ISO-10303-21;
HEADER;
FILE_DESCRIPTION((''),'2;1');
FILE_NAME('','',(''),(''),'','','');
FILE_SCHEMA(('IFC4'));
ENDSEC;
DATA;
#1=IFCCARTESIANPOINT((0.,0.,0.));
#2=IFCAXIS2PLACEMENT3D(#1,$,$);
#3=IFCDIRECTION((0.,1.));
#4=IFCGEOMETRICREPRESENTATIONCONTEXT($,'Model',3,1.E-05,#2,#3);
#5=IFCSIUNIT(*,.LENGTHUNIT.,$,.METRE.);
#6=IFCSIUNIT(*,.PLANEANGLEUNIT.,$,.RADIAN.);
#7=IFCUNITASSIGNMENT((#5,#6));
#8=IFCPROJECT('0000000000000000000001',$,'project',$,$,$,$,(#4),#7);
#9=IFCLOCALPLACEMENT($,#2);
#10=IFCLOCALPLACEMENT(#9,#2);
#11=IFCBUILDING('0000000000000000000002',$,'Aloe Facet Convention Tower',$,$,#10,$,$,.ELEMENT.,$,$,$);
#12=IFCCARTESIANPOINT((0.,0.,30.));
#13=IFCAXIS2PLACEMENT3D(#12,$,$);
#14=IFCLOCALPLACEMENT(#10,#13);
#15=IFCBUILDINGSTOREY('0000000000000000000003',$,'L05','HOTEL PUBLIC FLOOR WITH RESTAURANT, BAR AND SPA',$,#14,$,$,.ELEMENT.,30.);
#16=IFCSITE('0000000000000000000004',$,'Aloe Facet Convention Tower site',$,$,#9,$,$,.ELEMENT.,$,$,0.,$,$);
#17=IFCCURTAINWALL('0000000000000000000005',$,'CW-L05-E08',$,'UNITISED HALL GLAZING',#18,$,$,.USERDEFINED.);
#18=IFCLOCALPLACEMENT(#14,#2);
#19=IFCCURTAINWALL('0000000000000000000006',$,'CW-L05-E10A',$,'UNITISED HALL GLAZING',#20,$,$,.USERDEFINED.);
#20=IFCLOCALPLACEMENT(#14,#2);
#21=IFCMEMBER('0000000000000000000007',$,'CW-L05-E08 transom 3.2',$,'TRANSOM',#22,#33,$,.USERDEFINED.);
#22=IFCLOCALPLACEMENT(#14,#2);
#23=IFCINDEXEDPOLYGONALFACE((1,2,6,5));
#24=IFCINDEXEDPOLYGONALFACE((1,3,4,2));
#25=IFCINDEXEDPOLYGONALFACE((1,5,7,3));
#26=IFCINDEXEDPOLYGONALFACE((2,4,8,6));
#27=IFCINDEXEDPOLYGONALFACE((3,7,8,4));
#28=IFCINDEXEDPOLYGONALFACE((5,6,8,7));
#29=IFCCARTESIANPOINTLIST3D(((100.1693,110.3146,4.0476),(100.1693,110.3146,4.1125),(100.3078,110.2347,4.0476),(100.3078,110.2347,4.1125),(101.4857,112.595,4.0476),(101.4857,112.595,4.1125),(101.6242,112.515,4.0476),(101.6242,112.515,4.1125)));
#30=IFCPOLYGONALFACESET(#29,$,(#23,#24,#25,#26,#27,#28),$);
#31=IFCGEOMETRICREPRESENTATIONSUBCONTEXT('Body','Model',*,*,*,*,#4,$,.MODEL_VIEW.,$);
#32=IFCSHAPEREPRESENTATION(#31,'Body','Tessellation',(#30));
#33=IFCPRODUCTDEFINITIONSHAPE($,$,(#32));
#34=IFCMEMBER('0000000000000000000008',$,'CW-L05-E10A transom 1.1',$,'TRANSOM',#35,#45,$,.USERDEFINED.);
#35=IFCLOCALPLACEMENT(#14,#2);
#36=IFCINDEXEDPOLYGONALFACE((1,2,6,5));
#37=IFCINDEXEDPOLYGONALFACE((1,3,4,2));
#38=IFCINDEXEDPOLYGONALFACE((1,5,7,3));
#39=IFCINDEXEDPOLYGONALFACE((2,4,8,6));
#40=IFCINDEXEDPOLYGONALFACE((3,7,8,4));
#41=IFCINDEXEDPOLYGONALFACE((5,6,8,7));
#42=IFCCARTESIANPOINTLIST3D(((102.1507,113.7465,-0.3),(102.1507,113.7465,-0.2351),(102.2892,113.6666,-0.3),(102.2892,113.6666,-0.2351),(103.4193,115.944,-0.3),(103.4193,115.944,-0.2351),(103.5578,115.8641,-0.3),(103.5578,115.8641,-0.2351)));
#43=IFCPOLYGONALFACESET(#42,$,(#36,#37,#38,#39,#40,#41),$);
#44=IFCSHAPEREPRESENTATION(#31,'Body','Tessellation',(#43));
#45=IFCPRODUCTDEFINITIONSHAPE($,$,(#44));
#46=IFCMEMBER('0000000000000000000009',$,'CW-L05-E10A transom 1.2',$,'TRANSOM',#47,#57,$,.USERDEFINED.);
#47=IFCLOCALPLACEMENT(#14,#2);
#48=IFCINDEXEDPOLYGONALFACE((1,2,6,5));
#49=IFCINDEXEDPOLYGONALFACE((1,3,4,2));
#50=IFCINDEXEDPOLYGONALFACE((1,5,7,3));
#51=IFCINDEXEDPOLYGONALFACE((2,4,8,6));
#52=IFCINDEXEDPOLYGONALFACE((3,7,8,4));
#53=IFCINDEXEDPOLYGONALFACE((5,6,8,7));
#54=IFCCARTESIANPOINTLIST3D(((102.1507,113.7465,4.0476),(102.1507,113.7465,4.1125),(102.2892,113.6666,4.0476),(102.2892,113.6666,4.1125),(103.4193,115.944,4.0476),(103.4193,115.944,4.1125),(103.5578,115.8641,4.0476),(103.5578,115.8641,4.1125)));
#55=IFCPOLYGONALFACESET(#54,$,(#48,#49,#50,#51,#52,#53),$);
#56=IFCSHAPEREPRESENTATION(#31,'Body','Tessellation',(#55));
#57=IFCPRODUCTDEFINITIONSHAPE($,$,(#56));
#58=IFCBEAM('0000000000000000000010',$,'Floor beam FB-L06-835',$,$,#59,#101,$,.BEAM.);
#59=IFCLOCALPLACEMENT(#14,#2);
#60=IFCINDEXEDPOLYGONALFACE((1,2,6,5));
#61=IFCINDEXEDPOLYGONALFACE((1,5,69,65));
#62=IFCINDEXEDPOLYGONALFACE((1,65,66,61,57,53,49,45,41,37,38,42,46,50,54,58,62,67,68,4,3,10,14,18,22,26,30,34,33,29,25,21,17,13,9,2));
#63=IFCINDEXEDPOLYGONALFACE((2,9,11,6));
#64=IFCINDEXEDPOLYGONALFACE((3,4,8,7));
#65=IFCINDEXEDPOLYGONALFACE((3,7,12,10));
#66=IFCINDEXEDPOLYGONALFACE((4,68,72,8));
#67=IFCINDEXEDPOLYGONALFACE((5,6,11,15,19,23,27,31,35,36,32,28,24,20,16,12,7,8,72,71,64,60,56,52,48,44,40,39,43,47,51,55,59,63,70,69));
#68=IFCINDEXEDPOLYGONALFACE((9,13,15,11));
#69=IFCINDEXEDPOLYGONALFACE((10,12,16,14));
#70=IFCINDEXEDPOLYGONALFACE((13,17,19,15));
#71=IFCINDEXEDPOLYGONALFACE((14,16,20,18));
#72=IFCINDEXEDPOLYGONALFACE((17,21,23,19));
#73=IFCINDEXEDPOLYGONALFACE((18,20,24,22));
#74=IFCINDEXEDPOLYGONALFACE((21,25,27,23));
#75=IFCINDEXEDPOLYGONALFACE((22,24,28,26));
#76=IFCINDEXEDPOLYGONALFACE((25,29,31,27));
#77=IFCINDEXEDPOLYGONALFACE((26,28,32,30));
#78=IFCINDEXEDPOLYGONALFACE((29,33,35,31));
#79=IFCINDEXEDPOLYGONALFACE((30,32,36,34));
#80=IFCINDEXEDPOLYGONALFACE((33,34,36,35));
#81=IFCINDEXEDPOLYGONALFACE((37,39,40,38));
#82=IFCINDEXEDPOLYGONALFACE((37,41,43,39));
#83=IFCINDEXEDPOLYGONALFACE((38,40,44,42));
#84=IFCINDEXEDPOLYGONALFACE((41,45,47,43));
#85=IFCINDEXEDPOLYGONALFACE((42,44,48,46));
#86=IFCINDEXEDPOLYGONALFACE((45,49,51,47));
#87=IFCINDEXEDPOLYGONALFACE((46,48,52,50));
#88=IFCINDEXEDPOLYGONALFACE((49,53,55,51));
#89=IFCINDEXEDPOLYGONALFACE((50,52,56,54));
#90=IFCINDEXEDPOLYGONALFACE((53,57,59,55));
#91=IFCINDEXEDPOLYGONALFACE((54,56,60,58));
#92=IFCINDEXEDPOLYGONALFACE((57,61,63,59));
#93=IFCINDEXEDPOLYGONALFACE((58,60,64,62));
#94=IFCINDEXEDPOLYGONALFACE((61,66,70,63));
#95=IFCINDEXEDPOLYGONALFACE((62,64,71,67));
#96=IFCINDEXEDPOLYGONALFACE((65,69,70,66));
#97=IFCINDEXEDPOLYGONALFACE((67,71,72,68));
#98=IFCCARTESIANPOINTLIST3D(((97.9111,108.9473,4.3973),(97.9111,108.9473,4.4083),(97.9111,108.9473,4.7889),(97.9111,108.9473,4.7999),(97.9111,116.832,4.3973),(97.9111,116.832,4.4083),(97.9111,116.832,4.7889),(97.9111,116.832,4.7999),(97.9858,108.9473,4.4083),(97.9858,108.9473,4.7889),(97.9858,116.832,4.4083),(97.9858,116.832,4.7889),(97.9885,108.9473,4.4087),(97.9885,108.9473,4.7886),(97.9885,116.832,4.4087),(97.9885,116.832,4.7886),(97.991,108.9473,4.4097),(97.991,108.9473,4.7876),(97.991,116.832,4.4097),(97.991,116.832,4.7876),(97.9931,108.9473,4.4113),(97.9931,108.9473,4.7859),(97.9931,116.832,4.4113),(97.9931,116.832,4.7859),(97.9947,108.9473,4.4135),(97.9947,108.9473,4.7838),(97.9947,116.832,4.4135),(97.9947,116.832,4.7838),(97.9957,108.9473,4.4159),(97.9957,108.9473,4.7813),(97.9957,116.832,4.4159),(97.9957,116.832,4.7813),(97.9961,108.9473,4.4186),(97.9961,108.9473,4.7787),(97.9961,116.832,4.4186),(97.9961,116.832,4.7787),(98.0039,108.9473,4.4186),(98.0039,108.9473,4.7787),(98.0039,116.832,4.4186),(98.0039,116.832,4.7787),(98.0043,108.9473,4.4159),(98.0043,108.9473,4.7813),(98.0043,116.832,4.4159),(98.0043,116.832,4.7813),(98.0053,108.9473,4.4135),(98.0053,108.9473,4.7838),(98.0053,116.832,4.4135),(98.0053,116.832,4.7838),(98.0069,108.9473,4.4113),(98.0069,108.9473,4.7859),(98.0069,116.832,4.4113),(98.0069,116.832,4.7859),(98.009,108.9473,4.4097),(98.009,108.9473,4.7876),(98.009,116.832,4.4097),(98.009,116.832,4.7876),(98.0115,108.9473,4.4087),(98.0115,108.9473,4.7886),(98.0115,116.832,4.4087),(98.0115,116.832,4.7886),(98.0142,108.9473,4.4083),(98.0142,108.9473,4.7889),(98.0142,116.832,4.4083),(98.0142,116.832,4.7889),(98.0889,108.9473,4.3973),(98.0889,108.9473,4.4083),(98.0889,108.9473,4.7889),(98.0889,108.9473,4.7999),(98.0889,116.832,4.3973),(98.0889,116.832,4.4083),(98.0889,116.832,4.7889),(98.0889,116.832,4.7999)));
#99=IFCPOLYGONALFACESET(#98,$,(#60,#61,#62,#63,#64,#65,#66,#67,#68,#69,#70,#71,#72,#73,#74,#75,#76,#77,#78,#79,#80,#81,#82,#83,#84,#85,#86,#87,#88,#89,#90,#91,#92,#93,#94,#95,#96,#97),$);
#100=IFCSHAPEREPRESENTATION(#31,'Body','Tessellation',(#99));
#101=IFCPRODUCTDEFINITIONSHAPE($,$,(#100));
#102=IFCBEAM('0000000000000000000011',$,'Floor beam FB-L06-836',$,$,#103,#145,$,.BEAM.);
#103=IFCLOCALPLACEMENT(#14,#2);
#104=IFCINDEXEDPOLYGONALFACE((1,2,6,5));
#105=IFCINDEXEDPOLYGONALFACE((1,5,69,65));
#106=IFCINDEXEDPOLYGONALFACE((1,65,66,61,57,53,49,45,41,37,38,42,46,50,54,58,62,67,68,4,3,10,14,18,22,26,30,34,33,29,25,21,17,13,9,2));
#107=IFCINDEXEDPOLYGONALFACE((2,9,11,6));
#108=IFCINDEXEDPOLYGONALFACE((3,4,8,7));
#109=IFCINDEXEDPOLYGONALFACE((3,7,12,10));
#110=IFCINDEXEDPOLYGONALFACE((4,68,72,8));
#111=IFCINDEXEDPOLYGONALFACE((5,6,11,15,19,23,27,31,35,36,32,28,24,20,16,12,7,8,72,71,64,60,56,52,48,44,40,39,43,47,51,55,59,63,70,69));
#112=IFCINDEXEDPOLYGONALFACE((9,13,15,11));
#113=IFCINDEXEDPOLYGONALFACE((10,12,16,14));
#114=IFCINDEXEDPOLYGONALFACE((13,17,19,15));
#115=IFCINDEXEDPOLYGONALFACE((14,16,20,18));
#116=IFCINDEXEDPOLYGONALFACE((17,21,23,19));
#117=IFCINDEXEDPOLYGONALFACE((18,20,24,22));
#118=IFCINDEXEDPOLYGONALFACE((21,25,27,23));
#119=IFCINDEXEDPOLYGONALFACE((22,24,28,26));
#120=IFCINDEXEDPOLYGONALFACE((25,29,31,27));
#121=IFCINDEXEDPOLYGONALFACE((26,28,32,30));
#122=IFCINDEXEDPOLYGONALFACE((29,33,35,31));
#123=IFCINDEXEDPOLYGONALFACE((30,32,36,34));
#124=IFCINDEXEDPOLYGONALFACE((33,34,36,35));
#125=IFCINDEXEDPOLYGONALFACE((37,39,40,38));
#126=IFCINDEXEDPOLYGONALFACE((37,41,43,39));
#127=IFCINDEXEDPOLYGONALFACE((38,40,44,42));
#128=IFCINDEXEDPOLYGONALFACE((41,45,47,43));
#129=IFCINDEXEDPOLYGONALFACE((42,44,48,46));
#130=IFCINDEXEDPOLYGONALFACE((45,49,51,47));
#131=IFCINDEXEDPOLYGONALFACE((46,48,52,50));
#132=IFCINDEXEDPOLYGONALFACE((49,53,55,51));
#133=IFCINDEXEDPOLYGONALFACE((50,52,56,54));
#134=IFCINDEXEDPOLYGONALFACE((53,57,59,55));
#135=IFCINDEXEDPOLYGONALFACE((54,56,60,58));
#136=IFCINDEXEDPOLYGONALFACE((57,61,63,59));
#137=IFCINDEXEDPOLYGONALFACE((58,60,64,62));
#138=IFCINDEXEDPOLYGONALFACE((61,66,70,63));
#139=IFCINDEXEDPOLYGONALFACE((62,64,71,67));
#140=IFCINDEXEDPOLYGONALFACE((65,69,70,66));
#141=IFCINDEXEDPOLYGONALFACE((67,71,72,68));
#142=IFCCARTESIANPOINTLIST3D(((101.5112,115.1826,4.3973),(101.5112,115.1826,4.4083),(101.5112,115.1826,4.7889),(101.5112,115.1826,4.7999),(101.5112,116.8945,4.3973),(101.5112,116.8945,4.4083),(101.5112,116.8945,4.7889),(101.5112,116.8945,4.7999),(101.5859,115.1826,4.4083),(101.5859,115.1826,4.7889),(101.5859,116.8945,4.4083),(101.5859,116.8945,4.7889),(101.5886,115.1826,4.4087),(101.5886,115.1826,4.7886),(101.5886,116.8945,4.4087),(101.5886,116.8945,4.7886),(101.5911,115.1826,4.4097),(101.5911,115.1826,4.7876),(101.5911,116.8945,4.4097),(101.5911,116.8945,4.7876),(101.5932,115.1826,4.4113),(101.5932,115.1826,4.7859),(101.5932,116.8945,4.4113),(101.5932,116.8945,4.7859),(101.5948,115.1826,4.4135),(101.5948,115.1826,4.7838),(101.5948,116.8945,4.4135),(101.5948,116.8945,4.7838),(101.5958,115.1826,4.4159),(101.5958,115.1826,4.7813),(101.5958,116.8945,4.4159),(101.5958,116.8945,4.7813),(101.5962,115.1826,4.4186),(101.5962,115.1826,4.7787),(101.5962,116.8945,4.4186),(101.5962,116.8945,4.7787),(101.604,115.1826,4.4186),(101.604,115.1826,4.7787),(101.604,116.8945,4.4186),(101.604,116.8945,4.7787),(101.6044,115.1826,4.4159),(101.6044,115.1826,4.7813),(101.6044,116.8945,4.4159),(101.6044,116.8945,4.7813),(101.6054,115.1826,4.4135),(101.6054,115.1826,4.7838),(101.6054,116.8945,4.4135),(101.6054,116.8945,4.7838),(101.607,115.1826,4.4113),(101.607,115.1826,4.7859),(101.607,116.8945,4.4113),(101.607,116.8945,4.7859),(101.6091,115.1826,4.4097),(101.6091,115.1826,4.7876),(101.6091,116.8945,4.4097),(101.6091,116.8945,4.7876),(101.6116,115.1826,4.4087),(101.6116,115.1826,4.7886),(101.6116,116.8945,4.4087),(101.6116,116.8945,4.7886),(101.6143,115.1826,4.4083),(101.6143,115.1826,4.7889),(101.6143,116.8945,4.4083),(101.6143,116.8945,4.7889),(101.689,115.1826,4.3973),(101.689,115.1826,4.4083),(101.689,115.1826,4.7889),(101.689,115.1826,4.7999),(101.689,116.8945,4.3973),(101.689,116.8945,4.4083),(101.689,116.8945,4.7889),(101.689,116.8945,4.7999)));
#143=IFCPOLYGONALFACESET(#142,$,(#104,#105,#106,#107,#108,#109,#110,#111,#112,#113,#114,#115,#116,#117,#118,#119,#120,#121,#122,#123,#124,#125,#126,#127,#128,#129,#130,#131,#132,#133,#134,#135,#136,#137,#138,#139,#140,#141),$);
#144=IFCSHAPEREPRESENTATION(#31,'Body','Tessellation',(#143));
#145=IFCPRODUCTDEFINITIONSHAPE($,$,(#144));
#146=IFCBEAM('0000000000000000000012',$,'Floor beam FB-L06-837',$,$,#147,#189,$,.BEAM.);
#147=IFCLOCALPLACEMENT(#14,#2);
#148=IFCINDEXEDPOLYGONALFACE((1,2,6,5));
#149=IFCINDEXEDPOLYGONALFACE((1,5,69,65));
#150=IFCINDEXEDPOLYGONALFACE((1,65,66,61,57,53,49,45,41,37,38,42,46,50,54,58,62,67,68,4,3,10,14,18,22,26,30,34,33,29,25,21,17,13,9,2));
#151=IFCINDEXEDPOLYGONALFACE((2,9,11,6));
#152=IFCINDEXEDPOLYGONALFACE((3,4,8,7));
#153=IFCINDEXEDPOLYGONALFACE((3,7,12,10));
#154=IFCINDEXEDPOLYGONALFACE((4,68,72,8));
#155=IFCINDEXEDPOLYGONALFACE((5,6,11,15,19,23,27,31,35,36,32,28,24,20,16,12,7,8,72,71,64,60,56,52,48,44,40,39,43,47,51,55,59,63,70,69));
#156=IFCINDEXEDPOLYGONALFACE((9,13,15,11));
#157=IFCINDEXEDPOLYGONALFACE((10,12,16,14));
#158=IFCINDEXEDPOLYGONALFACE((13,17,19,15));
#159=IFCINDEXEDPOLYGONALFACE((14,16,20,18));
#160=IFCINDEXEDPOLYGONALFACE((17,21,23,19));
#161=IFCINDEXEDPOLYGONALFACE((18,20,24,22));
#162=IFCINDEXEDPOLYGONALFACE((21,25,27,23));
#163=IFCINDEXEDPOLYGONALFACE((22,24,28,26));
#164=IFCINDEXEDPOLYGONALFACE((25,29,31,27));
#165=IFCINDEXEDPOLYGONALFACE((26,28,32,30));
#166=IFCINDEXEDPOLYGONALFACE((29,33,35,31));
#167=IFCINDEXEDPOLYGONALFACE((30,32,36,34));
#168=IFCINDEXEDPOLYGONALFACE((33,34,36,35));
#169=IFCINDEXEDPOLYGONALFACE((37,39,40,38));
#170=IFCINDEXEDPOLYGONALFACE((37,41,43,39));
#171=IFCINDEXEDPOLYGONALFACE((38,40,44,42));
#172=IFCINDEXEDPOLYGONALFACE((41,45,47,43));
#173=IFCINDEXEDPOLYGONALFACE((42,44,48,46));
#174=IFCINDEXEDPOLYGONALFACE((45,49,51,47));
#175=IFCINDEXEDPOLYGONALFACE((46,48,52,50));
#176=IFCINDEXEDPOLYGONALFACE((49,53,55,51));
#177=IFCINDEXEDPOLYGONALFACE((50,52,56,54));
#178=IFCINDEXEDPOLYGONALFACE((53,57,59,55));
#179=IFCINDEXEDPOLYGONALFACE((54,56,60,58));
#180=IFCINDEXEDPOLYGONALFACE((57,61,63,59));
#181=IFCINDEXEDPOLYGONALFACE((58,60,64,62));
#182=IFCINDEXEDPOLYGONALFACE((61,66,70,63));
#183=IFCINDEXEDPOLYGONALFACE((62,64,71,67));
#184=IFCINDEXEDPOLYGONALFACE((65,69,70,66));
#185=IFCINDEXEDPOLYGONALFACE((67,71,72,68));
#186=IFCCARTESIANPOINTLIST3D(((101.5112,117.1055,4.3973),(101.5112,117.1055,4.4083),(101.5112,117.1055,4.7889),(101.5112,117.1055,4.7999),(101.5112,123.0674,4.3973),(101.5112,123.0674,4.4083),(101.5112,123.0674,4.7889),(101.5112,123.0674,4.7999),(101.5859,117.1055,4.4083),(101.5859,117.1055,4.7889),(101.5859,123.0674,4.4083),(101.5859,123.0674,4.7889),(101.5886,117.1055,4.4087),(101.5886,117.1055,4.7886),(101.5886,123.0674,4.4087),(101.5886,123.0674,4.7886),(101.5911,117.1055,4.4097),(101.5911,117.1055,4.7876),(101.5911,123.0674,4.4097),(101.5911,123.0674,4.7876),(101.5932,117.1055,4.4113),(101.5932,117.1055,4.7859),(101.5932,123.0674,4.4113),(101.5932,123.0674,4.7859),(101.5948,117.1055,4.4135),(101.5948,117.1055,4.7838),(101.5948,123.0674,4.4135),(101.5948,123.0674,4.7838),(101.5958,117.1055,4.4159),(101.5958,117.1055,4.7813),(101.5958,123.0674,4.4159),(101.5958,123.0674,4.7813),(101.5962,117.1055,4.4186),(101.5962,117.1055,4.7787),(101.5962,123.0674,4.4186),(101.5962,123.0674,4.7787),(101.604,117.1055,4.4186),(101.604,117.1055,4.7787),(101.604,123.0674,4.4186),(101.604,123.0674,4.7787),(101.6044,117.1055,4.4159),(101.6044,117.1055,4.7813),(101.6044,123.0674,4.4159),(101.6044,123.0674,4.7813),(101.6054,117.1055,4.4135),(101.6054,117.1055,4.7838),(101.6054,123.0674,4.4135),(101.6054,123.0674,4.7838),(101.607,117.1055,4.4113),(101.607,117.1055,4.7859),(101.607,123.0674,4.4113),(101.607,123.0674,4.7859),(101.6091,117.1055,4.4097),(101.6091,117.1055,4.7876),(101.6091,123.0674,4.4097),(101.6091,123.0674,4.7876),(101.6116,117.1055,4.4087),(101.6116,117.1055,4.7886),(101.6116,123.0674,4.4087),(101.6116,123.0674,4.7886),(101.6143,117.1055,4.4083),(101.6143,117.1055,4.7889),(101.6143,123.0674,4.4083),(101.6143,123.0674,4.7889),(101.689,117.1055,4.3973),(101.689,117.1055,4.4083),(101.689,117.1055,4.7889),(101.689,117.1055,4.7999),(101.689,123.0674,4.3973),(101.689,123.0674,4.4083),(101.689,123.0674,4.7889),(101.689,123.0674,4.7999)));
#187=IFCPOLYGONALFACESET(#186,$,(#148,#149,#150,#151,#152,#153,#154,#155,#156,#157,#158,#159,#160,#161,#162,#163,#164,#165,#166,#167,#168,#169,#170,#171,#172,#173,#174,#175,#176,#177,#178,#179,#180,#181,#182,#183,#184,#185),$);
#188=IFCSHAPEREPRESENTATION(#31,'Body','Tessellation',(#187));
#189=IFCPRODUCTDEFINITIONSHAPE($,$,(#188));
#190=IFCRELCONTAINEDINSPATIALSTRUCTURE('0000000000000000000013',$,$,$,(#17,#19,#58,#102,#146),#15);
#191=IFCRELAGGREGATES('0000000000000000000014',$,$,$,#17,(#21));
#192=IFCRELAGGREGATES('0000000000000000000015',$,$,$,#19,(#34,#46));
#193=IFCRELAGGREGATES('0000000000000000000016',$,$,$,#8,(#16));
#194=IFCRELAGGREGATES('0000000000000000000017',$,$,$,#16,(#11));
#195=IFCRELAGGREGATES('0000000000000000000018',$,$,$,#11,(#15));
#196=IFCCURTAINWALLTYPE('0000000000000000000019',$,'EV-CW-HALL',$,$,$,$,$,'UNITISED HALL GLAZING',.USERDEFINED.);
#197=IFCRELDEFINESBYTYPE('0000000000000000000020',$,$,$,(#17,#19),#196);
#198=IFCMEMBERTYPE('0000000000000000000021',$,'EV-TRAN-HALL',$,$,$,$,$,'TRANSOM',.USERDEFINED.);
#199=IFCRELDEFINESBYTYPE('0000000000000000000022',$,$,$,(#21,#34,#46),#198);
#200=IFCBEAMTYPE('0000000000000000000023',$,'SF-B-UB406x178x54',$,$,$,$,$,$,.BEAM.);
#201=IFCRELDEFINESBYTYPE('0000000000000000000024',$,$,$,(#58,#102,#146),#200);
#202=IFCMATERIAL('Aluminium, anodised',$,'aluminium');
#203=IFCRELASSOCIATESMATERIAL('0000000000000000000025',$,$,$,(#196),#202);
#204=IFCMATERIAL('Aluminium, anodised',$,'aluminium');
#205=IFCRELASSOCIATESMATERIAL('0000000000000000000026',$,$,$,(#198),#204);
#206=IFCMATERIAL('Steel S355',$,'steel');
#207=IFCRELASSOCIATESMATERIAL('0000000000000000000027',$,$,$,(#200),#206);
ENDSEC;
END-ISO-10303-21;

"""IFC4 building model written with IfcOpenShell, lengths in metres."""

from ifc_helpers import new_model, si_unit, direction, frame, origin, origin_2d, place, context, subcontext, project, spatial, rectangle, i_section, extrude, material, material_profile, profile_set, type_object, element, aggregate, save


model = new_model("IFC4")

# Units and contexts
model_context = context("Model", 3, precision=1e-05, world=origin(), true_north=direction((0.0, 1.0)))
body_context = subcontext(model_context, "Body", "Model", "MODEL_VIEW")
ifc_project = project(units=[si_unit("LENGTHUNIT", "METRE"), si_unit("PLANEANGLEUNIT", "RADIAN")], contexts=[model_context])

# Site, building, storey
site_placement = place(None, origin())
site = spatial("IfcSite", under=ifc_project, at=site_placement, Name="Aloe Facet Convention Tower site", CompositionType="ELEMENT", RefElevation=0.0)
building_placement = place(site_placement, origin())
building = spatial("IfcBuilding", under=site, at=building_placement, Name="Aloe Facet Convention Tower", CompositionType="ELEMENT")
storey_placement = place(building_placement, frame((0.0, 0.0, 30.0)))
storey = spatial("IfcBuildingStorey", under=building, at=storey_placement, Name="L05", Description="HOTEL PUBLIC FLOOR WITH RESTAURANT, BAR AND SPA", CompositionType="ELEMENT", Elevation=30.0)

# Shared definitions
ifc_material_1 = material(Name="Aluminium, anodised", Category="aluminium")
curtain_wall_type = type_object("IfcCurtainWallType", Name="EV-CW-HALL", ElementType="UNITISED HALL GLAZING", PredefinedType="USERDEFINED", material=ifc_material_1)

# Curtain walls
curtain_wall_1_placement = place(storey_placement, origin())
curtain_wall_1 = element("IfcCurtainWall", 1, at=curtain_wall_1_placement, inside=storey, type_object=curtain_wall_type, Name="CW-L05-E08", ObjectType="UNITISED HALL GLAZING", PredefinedType="USERDEFINED")
curtain_wall_2_placement = place(storey_placement, origin())
curtain_wall_2 = element("IfcCurtainWall", 2, at=curtain_wall_2_placement, inside=storey, type_object=curtain_wall_type, Name="CW-L05-E10A", ObjectType="UNITISED HALL GLAZING", PredefinedType="USERDEFINED")

# Members
ifc_material_2 = material(Name="Aluminium, anodised", Category="aluminium")
ifc_material_profile_1 = material_profile(ifc_material_2, rectangle(XDim=0.1599, YDim=0.0649, at=origin_2d()), Name="AL 160x65")
ifc_profile_set_1 = profile_set([ifc_material_profile_1], Name="Aluminium, anodised")
member_type_1 = type_object("IfcMemberType", Name="EV-TRAN-HALL", ElementType="TRANSOM", PredefinedType="USERDEFINED", material=ifc_profile_set_1)
member_1_placement = place(storey_placement, frame((100.2385, 110.2747, 4.0801), z_axis=(0.499969, 0.866044, 0.0), x_axis=(-0.866044, 0.499969, 0.0)))
member_1 = element("IfcMember", 3, at=member_1_placement, type_object=member_type_1, Name="CW-L05-E08 transom 3.2", ObjectType="TRANSOM", PredefinedType="USERDEFINED", context=body_context, shape_type="SweptSolid", body=[
    extrude(rectangle(XDim=0.1599, YDim=0.0649, at=origin_2d()), origin(), (0.0, 0.0, 1.0), 2.6331),
])
member_2_placement = place(storey_placement, frame((102.22, 113.7065, -0.2676), z_axis=(0.499947, 0.866056, 0.0), x_axis=(-0.866056, 0.499947, 0.0)))
member_2 = element("IfcMember", 4, at=member_2_placement, type_object=member_type_1, Name="CW-L05-E10A transom 1.1", ObjectType="TRANSOM", PredefinedType="USERDEFINED", context=body_context, shape_type="SweptSolid", body=[
    extrude(rectangle(XDim=0.1599, YDim=0.0649, at=origin_2d()), origin(), (0.0, 0.0, 1.0), 2.5374),
])
member_3_placement = place(storey_placement, frame((102.22, 113.7065, 4.0801), z_axis=(0.499947, 0.866056, 0.0), x_axis=(-0.866056, 0.499947, 0.0)))
member_3 = element("IfcMember", 5, at=member_3_placement, type_object=member_type_1, Name="CW-L05-E10A transom 1.2", ObjectType="TRANSOM", PredefinedType="USERDEFINED", context=body_context, shape_type="SweptSolid", body=[
    extrude(rectangle(XDim=0.1599, YDim=0.0649, at=origin_2d()), origin(), (0.0, 0.0, 1.0), 2.5374),
])

# Beams
ifc_material_3 = material(Name="Steel S355", Category="steel")
ifc_material_profile_2 = material_profile(ifc_material_3, i_section(OverallWidth=0.1777, OverallDepth=0.4026, WebThickness=0.0078, FlangeThickness=0.011, FilletRadius=0.0103, at=origin_2d()), Name="UB 406x178x54")
ifc_profile_set_2 = profile_set([ifc_material_profile_2], Name="Steel S355")
beam_type_1 = type_object("IfcBeamType", Name="SF-B-UB406x178x54", PredefinedType="BEAM", material=ifc_profile_set_2)
beam_1_placement = place(storey_placement, frame((98.0, 108.9473, 4.5986), z_axis=(0.0, 1.0, 0.0), x_axis=(-1.0, 0.0, 0.0)))
element("IfcBeam", 6, at=beam_1_placement, inside=storey, type_object=beam_type_1, Name="Floor beam FB-L06-835", PredefinedType="BEAM", context=body_context, shape_type="SweptSolid", body=[
    extrude(i_section(OverallWidth=0.1777, OverallDepth=0.4026, WebThickness=0.0078, FlangeThickness=0.011, FilletRadius=0.0103, at=origin_2d()), origin(), (0.0, 0.0, 1.0), 7.8848),
])
beam_2_placement = place(storey_placement, frame((101.6001, 115.1826, 4.5986), z_axis=(0.0, 1.0, 0.0), x_axis=(-1.0, 0.0, 0.0)))
element("IfcBeam", 7, at=beam_2_placement, inside=storey, type_object=beam_type_1, Name="Floor beam FB-L06-836", PredefinedType="BEAM", context=body_context, shape_type="SweptSolid", body=[
    extrude(i_section(OverallWidth=0.1777, OverallDepth=0.4026, WebThickness=0.0078, FlangeThickness=0.011, FilletRadius=0.0103, at=origin_2d()), origin(), (0.0, 0.0, 1.0), 1.7119),
])
beam_3_placement = place(storey_placement, frame((101.6001, 117.1055, 4.5986), z_axis=(0.0, 1.0, 0.0), x_axis=(-1.0, 0.0, 0.0)))
element("IfcBeam", 8, at=beam_3_placement, inside=storey, type_object=beam_type_1, Name="Floor beam FB-L06-837", PredefinedType="BEAM", context=body_context, shape_type="SweptSolid", body=[
    extrude(i_section(OverallWidth=0.1777, OverallDepth=0.4026, WebThickness=0.0078, FlangeThickness=0.011, FilletRadius=0.0103, at=origin_2d()), origin(), (0.0, 0.0, 1.0), 5.9619),
])

aggregate(curtain_wall_1, [member_1])
aggregate(curtain_wall_2, [member_2, member_3])

save(model, "model.ifc")
